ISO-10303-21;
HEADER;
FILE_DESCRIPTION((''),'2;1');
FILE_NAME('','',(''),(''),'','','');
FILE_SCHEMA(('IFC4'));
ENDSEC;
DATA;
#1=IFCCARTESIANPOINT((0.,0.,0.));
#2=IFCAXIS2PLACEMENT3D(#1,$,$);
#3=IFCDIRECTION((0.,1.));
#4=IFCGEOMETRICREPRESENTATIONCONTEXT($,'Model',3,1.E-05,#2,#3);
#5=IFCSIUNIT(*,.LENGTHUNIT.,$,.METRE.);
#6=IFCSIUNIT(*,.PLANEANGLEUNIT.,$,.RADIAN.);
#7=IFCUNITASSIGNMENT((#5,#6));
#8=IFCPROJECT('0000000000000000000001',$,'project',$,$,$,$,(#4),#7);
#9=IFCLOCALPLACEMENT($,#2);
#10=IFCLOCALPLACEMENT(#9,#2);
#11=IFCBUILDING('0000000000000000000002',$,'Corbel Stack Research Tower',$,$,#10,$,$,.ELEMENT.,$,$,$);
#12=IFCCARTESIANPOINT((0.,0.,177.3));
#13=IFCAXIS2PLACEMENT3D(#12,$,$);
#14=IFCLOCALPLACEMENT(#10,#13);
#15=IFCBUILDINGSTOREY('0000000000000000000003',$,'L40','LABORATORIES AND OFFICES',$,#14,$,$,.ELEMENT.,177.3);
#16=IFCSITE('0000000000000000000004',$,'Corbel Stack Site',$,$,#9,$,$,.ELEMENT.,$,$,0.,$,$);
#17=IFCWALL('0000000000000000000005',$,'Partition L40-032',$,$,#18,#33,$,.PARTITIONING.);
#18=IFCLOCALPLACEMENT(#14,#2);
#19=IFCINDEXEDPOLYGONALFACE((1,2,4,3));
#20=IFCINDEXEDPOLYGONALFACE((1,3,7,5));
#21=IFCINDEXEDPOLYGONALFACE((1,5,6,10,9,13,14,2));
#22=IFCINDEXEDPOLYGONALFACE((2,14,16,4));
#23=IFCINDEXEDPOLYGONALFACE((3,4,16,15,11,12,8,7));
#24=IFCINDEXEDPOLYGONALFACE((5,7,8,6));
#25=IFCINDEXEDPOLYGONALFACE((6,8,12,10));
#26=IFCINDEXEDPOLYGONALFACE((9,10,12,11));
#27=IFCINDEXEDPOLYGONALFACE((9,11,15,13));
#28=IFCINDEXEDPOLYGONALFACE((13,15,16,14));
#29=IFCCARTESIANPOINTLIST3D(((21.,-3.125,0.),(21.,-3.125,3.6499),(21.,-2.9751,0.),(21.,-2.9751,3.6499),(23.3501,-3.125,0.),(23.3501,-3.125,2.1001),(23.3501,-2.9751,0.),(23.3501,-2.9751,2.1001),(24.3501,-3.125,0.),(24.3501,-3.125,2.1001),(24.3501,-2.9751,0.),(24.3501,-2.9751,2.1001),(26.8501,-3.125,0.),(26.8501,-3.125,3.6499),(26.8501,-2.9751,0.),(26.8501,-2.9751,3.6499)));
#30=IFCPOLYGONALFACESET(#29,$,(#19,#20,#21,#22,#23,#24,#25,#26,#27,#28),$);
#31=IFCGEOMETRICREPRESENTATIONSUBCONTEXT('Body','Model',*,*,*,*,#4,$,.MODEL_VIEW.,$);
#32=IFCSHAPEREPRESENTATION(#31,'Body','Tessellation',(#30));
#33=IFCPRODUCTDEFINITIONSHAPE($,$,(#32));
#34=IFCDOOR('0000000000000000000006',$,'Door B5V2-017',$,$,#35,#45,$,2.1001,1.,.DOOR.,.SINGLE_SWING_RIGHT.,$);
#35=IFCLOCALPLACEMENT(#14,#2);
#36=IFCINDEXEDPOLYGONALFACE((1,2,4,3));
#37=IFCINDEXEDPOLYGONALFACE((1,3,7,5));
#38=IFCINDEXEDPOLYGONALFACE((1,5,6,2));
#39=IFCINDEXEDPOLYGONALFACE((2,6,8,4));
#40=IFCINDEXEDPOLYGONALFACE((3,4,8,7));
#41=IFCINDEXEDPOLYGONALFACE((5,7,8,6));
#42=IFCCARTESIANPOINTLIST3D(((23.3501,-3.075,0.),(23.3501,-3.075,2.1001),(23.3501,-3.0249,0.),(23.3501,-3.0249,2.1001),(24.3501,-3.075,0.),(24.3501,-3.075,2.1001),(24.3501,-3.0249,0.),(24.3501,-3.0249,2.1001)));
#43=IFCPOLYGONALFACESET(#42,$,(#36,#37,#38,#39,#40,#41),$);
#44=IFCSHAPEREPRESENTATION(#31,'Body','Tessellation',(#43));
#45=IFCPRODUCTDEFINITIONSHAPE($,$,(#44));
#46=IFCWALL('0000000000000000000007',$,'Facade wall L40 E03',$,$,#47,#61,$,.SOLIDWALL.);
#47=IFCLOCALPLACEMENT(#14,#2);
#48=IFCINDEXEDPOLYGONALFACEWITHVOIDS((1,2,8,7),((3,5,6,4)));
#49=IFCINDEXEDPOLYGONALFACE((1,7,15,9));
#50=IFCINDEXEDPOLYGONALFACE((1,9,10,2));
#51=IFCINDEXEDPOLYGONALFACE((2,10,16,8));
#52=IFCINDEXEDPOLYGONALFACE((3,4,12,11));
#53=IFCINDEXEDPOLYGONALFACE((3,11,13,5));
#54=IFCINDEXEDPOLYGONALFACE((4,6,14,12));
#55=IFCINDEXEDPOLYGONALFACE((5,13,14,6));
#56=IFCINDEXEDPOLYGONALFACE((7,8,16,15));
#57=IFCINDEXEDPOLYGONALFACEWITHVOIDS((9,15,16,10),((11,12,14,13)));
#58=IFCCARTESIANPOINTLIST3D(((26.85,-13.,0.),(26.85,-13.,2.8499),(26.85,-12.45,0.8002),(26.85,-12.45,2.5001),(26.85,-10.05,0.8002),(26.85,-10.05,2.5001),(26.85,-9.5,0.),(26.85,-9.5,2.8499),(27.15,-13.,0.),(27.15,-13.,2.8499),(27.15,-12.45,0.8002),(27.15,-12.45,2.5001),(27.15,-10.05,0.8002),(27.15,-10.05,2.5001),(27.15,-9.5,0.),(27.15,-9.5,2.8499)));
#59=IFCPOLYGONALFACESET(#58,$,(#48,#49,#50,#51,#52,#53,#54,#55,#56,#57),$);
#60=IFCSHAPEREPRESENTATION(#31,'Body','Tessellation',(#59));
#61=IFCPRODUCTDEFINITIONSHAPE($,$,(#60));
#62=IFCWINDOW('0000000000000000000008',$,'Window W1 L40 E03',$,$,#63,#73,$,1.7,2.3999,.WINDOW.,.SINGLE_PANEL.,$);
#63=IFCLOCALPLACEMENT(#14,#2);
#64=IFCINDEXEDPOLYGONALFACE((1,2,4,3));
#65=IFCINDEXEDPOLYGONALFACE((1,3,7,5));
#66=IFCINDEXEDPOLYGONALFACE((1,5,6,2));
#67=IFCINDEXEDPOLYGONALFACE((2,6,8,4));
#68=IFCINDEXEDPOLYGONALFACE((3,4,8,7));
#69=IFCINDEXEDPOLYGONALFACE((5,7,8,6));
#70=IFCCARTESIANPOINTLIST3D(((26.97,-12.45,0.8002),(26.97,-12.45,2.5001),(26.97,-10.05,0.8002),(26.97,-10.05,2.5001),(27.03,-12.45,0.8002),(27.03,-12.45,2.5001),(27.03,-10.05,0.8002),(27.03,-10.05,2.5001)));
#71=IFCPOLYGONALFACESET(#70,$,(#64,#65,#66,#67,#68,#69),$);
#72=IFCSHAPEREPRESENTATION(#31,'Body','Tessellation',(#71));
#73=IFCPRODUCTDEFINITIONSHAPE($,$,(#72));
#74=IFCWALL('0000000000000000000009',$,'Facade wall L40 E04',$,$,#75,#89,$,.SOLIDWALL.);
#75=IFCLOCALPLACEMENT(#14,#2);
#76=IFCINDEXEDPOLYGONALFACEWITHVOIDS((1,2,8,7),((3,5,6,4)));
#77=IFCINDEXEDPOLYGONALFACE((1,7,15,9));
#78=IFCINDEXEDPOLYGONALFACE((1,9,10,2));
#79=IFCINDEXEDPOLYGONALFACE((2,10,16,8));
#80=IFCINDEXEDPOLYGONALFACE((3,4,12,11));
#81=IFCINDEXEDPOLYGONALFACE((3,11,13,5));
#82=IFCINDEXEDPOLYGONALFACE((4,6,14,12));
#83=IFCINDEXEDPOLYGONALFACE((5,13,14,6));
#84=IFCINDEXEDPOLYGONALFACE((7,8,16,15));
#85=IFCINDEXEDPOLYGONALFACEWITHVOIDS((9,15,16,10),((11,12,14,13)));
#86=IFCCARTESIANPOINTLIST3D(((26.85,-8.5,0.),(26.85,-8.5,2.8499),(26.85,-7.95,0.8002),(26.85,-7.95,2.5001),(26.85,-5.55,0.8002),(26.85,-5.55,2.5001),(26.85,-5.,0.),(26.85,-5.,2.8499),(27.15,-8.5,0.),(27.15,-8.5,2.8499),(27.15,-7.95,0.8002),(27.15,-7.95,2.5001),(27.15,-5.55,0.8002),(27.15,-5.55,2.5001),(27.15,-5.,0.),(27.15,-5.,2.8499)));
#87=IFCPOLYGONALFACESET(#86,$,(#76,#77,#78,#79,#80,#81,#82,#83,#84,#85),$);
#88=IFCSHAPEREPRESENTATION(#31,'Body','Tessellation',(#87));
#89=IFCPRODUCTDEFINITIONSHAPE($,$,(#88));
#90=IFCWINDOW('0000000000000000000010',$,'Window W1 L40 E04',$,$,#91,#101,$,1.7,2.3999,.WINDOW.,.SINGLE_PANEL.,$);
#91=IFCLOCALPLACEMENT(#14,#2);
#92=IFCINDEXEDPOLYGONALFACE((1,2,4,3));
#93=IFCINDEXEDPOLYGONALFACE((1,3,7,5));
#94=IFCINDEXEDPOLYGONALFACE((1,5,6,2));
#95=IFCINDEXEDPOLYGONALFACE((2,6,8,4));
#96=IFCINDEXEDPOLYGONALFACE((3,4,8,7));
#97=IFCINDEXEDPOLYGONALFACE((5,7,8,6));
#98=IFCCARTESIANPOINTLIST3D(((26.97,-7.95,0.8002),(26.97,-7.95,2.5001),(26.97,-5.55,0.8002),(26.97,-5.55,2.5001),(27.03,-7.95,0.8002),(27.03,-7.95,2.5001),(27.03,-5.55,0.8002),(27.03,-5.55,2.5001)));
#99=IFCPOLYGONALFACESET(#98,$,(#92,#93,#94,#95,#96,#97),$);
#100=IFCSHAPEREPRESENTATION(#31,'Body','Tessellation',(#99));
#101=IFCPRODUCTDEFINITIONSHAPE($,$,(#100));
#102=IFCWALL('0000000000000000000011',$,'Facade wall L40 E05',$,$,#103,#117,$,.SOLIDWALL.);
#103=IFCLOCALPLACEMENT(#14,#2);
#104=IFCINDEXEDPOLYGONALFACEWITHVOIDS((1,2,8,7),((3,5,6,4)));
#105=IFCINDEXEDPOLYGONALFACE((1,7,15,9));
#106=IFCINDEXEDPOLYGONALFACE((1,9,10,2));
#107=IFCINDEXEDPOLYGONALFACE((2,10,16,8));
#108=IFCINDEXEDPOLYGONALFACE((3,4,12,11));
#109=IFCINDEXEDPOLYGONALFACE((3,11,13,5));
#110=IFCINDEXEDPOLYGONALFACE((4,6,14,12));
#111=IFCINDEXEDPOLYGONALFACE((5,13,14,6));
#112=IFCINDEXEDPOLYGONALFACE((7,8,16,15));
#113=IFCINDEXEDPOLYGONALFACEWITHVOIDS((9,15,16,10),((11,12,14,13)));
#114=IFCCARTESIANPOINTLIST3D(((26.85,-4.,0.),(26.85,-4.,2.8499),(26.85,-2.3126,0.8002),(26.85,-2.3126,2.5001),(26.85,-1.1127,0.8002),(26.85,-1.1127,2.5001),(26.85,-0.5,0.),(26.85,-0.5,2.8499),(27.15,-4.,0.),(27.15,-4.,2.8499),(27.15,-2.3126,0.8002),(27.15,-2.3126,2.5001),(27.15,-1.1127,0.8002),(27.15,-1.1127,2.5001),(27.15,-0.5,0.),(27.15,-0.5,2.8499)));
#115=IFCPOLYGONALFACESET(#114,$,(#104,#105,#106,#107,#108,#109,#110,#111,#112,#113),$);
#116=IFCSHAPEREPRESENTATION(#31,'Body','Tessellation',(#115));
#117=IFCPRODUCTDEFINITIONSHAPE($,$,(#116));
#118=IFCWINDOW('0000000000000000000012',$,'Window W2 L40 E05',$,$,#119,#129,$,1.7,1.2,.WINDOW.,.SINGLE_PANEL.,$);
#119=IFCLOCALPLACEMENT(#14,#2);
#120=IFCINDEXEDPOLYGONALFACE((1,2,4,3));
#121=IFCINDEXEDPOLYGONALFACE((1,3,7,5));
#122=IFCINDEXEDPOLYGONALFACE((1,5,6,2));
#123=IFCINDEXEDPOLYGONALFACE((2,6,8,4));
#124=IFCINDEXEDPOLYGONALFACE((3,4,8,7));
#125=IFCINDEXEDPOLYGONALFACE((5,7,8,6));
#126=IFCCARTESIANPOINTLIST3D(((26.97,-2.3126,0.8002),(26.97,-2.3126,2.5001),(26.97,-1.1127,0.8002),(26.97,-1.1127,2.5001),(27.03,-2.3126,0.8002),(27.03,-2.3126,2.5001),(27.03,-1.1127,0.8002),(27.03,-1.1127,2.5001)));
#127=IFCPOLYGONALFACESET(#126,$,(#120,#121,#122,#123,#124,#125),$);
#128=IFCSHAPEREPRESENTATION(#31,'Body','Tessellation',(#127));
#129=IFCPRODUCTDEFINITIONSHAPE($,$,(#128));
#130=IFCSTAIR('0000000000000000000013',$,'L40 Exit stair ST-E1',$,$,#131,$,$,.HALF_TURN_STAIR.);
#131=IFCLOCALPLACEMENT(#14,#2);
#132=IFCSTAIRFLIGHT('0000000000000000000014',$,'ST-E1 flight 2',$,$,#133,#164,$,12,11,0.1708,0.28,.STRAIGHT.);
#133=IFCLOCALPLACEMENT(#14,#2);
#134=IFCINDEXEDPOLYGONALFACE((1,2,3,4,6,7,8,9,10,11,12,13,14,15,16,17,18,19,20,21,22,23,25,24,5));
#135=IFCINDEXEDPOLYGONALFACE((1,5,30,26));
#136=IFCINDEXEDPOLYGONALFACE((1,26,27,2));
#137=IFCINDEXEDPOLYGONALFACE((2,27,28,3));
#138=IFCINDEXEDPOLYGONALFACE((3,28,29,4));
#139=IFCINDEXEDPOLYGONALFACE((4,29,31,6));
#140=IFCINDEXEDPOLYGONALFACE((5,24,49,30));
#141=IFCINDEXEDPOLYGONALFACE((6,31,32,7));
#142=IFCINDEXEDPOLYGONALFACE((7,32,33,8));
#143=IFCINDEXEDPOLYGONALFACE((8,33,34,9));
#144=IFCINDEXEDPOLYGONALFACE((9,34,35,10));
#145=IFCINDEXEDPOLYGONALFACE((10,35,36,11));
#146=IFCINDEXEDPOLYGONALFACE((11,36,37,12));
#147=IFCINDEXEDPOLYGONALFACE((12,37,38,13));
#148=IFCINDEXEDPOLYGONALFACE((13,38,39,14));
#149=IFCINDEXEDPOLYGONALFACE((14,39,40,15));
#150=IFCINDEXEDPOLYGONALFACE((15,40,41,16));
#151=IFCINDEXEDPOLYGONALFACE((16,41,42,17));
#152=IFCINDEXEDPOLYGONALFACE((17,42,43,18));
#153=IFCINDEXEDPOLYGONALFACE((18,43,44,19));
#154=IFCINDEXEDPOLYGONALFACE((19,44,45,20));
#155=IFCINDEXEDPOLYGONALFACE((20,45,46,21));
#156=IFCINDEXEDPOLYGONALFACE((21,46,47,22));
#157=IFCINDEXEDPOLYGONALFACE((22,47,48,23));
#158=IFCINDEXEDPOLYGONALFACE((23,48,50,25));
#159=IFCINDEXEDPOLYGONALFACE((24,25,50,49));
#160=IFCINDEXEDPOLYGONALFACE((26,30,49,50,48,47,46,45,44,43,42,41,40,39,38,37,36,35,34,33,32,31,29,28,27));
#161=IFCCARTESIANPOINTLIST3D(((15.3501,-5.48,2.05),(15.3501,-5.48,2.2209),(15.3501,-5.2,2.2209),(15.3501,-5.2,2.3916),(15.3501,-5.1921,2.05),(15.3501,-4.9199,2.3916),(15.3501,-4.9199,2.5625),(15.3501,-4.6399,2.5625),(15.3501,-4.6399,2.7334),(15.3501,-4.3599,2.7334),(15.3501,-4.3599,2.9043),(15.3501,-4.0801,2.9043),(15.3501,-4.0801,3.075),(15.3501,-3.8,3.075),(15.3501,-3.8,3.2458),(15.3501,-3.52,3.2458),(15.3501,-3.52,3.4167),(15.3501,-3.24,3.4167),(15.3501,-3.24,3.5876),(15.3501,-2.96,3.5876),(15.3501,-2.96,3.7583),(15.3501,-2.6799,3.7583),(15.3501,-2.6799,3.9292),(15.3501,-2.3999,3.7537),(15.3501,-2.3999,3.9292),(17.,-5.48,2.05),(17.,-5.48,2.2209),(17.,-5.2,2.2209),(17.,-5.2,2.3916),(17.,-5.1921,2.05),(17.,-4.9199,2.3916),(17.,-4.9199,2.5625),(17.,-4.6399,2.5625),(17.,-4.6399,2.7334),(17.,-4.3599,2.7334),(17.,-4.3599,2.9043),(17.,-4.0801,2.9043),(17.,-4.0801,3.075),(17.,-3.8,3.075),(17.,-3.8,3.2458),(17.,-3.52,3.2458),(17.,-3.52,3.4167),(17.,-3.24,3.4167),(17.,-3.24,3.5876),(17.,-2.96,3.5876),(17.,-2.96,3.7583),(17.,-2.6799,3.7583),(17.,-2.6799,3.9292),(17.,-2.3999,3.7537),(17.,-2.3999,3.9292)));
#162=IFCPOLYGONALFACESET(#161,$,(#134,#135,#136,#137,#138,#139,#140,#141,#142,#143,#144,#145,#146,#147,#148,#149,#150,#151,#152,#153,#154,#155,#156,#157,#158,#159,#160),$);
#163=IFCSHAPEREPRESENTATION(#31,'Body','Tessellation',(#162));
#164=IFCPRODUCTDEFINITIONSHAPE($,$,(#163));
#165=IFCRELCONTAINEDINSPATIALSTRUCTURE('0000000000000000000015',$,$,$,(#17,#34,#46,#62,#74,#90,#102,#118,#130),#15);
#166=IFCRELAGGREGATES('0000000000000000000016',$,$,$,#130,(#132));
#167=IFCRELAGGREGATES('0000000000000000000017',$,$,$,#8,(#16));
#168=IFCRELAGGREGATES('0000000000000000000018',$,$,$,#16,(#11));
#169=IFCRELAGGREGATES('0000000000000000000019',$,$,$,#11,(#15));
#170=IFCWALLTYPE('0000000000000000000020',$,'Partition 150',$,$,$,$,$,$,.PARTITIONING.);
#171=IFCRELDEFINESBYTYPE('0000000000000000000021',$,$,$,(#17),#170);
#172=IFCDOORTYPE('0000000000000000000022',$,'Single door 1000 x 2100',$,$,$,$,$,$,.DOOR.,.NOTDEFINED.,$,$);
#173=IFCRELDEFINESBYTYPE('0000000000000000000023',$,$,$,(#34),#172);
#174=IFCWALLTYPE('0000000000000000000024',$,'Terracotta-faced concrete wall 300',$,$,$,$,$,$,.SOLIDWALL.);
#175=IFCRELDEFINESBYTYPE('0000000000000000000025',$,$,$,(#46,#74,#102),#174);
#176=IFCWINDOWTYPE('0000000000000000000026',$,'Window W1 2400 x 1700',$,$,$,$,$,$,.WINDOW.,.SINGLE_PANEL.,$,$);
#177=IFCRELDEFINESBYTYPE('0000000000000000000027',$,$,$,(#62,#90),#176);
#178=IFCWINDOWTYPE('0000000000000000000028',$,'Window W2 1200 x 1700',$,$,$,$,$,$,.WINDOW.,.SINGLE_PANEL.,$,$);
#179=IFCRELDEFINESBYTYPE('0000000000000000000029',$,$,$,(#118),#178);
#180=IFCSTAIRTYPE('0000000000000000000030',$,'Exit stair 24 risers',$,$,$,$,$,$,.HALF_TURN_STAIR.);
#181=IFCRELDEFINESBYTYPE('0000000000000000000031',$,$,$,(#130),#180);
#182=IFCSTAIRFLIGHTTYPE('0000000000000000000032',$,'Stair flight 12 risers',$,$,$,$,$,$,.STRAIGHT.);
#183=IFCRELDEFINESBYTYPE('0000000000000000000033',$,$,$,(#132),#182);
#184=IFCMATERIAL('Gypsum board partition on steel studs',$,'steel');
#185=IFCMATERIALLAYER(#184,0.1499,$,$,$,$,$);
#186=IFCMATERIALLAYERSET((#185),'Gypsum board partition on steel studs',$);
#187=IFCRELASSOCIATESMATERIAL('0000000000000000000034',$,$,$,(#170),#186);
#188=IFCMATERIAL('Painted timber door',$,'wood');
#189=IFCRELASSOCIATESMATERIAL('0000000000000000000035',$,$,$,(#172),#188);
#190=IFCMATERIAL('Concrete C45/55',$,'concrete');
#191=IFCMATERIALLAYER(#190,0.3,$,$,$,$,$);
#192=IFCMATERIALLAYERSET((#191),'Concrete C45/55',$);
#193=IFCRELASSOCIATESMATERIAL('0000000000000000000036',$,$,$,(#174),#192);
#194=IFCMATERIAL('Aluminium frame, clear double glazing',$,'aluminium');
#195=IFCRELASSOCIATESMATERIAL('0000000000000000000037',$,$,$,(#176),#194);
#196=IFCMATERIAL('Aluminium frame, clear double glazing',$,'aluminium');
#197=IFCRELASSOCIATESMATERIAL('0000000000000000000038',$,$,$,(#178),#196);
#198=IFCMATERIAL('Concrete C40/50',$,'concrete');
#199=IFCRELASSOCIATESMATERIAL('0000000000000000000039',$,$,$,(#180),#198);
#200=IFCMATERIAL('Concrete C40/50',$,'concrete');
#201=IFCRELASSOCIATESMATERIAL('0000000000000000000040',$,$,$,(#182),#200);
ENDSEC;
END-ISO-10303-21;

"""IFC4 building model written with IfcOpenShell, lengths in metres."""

from ifc_helpers import new_model, si_unit, direction, frame, frame_2d, origin, place, context, subcontext, project, spatial, polyline, rectangle, outline, extrude, material, layer, layer_set, type_object, element, fill, aggregate, save


model = new_model("IFC4")

# Units and contexts
model_context = context("Model", 3, precision=1e-05, world=origin(), true_north=direction((0.0, 1.0)))
body_context = subcontext(model_context, "Body", "Model", "MODEL_VIEW")
ifc_project = project(units=[si_unit("LENGTHUNIT", "METRE"), si_unit("PLANEANGLEUNIT", "RADIAN")], contexts=[model_context])

# Site, building, storey
site_placement = place(None, origin())
site = spatial("IfcSite", under=ifc_project, at=site_placement, Name="Corbel Stack Site", CompositionType="ELEMENT", RefElevation=0.0)
building_placement = place(site_placement, origin())
building = spatial("IfcBuilding", under=site, at=building_placement, Name="Corbel Stack Research Tower", CompositionType="ELEMENT")
storey_placement = place(building_placement, frame((0.0, 0.0, 177.3)))
storey = spatial("IfcBuildingStorey", under=building, at=storey_placement, Name="L40", Description="LABORATORIES AND OFFICES", CompositionType="ELEMENT", Elevation=177.3)

# Shared definitions
ifc_material_1 = material(Name="Gypsum board partition on steel studs", Category="steel")
ifc_layer_1 = layer(ifc_material_1, 0.1499)
ifc_layer_set_1 = layer_set([ifc_layer_1], Name="Gypsum board partition on steel studs")
wall_type_1 = type_object("IfcWallType", Name="Partition 150", PredefinedType="PARTITIONING", material=ifc_layer_set_1)

# Wall, opening, door
ifc_material_2 = material(Name="Painted timber door", Category="wood")
door_type_1 = type_object("IfcDoorType", Name="Single door 1000 x 2100", OperationType="NOTDEFINED", PredefinedType="DOOR", material=ifc_material_2)
wall_1_placement = place(storey_placement, frame((26.8501, -3.05, 0.0), z_axis=(0.0, 0.0, 1.0), x_axis=(-1.0, 0.0, 0.0)))
wall_1 = element("IfcWall", 1, at=wall_1_placement, inside=storey, type_object=wall_type_1, Name="Partition L40-032", PredefinedType="PARTITIONING", context=body_context, shape_type="SweptSolid", body=[
    extrude(rectangle(XDim=5.8501, YDim=0.1499, at=frame_2d((2.925, 0.0))), origin(), (0.0, 0.0, 1.0), 3.6499),
])
opening_1_placement = place(wall_1_placement, frame((2.5, 0.0, 0.0)))
opening_1 = element("IfcOpeningElement", 2, at=opening_1_placement, cuts=wall_1, PredefinedType="OPENING", context=body_context, shape_type="SweptSolid", body=[
    extrude(rectangle(XDim=1.0, YDim=2.1001, at=frame_2d((0.5, 1.05))), frame((0.0, 0.085, 0.0), z_axis=(0.0, -1.0, 0.0), x_axis=(1.0, 0.0, 0.0)), (0.0, 0.0, 1.0), 0.1699),
])
door_1_placement = place(opening_1_placement, origin())
door_1 = element("IfcDoor", 3, at=door_1_placement, inside=storey, type_object=door_type_1, Name="Door B5V2-017", OperationType="SINGLE_SWING_RIGHT", OverallHeight=2.1001, OverallWidth=1.0, PredefinedType="DOOR", context=body_context, shape_type="SweptSolid", body=[
    extrude(rectangle(XDim=1.0, YDim=2.1001, at=frame_2d((0.5, 1.05))), frame((0.0, 0.0249, 0.0), z_axis=(0.0, -1.0, 0.0), x_axis=(1.0, 0.0, 0.0)), (0.0, 0.0, 1.0), 0.05),
])
fill(opening_1, door_1)

# Walls, openings, windows
ifc_material_3 = material(Name="Concrete C45/55", Category="concrete")
ifc_layer_2 = layer(ifc_material_3, 0.3)
ifc_layer_set_2 = layer_set([ifc_layer_2], Name="Concrete C45/55")
wall_type_2 = type_object("IfcWallType", Name="Terracotta-faced concrete wall 300", PredefinedType="SOLIDWALL", material=ifc_layer_set_2)
wall_2_placement = place(storey_placement, frame((27.0, -9.5, 0.0), z_axis=(0.0, 0.0, 1.0), x_axis=(0.0, -1.0, 0.0)))
wall_2 = element("IfcWall", 4, at=wall_2_placement, inside=storey, type_object=wall_type_2, Name="Facade wall L40 E03", PredefinedType="SOLIDWALL", context=body_context, shape_type="SweptSolid", body=[
    extrude(rectangle(XDim=3.5, YDim=0.3, at=frame_2d((1.75, 0.0))), origin(), (0.0, 0.0, 1.0), 2.8499),
])
opening_2_placement = place(wall_2_placement, frame((0.55, 0.0, 0.8)))
opening_2 = element("IfcOpeningElement", 5, at=opening_2_placement, cuts=wall_2, PredefinedType="OPENING", context=body_context, shape_type="SweptSolid", body=[
    extrude(rectangle(XDim=2.3999, YDim=1.7, at=frame_2d((1.2, 0.8501))), frame((0.0, 0.1599, 0.0), z_axis=(0.0, -1.0, 0.0), x_axis=(1.0, 0.0, 0.0)), (0.0, 0.0, 1.0), 0.3201),
])
ifc_material_4 = material(Name="Aluminium frame, clear double glazing", Category="aluminium")
window_type_1 = type_object("IfcWindowType", Name="Window W1 2400 x 1700", PartitioningType="SINGLE_PANEL", PredefinedType="WINDOW", material=ifc_material_4)
window_1_placement = place(opening_2_placement, origin())
window_1 = element("IfcWindow", 6, at=window_1_placement, inside=storey, type_object=window_type_1, Name="Window W1 L40 E03", OverallHeight=1.7, OverallWidth=2.3999, PartitioningType="SINGLE_PANEL", PredefinedType="WINDOW", context=body_context, shape_type="SweptSolid", body=[
    extrude(rectangle(XDim=2.3999, YDim=1.7, at=frame_2d((1.2, 0.8501))), frame((0.0, 0.03, 0.0), z_axis=(0.0, -1.0, 0.0), x_axis=(1.0, 0.0, 0.0)), (0.0, 0.0, 1.0), 0.0601),
])
fill(opening_2, window_1)
wall_3_placement = place(storey_placement, frame((27.0, -5.0, 0.0), z_axis=(0.0, 0.0, 1.0), x_axis=(0.0, -1.0, 0.0)))
wall_3 = element("IfcWall", 7, at=wall_3_placement, inside=storey, type_object=wall_type_2, Name="Facade wall L40 E04", PredefinedType="SOLIDWALL", context=body_context, shape_type="SweptSolid", body=[
    extrude(rectangle(XDim=3.5, YDim=0.3, at=frame_2d((1.75, 0.0))), origin(), (0.0, 0.0, 1.0), 2.8499),
])
opening_3_placement = place(wall_3_placement, frame((0.55, 0.0, 0.8)))
opening_3 = element("IfcOpeningElement", 8, at=opening_3_placement, cuts=wall_3, PredefinedType="OPENING", context=body_context, shape_type="SweptSolid", body=[
    extrude(rectangle(XDim=2.3999, YDim=1.7, at=frame_2d((1.2, 0.8501))), frame((0.0, 0.1599, 0.0), z_axis=(0.0, -1.0, 0.0), x_axis=(1.0, 0.0, 0.0)), (0.0, 0.0, 1.0), 0.3201),
])
window_2_placement = place(opening_3_placement, origin())
window_2 = element("IfcWindow", 9, at=window_2_placement, inside=storey, type_object=window_type_1, Name="Window W1 L40 E04", OverallHeight=1.7, OverallWidth=2.3999, PartitioningType="SINGLE_PANEL", PredefinedType="WINDOW", context=body_context, shape_type="SweptSolid", body=[
    extrude(rectangle(XDim=2.3999, YDim=1.7, at=frame_2d((1.2, 0.8501))), frame((0.0, 0.03, 0.0), z_axis=(0.0, -1.0, 0.0), x_axis=(1.0, 0.0, 0.0)), (0.0, 0.0, 1.0), 0.0601),
])
fill(opening_3, window_2)
wall_4_placement = place(storey_placement, frame((27.0, -0.5, 0.0), z_axis=(0.0, 0.0, 1.0), x_axis=(0.0, -1.0, 0.0)))
wall_4 = element("IfcWall", 10, at=wall_4_placement, inside=storey, type_object=wall_type_2, Name="Facade wall L40 E05", PredefinedType="SOLIDWALL", context=body_context, shape_type="SweptSolid", body=[
    extrude(rectangle(XDim=3.5, YDim=0.3, at=frame_2d((1.75, 0.0))), origin(), (0.0, 0.0, 1.0), 2.8499),
])
opening_4_placement = place(wall_4_placement, frame((0.6125, 0.0, 0.8)))
opening_4 = element("IfcOpeningElement", 11, at=opening_4_placement, cuts=wall_4, PredefinedType="OPENING", context=body_context, shape_type="SweptSolid", body=[
    extrude(rectangle(XDim=1.2, YDim=1.7, at=frame_2d((0.6001, 0.8501))), frame((0.0, 0.1599, 0.0), z_axis=(0.0, -1.0, 0.0), x_axis=(1.0, 0.0, 0.0)), (0.0, 0.0, 1.0), 0.3201),
])
ifc_material_5 = material(Name="Aluminium frame, clear double glazing", Category="aluminium")
window_type_2 = type_object("IfcWindowType", Name="Window W2 1200 x 1700", PartitioningType="SINGLE_PANEL", PredefinedType="WINDOW", material=ifc_material_5)
window_3_placement = place(opening_4_placement, origin())
window_3 = element("IfcWindow", 12, at=window_3_placement, inside=storey, type_object=window_type_2, Name="Window W2 L40 E05", OverallHeight=1.7, OverallWidth=1.2, PartitioningType="SINGLE_PANEL", PredefinedType="WINDOW", context=body_context, shape_type="SweptSolid", body=[
    extrude(rectangle(XDim=1.2, YDim=1.7, at=frame_2d((0.6001, 0.8501))), frame((0.0, 0.03, 0.0), z_axis=(0.0, -1.0, 0.0), x_axis=(1.0, 0.0, 0.0)), (0.0, 0.0, 1.0), 0.0601),
])
fill(opening_4, window_3)

# Stair, stair flight
ifc_material_6 = material(Name="Concrete C40/50", Category="concrete")
stair_type = type_object("IfcStairType", Name="Exit stair 24 risers", PredefinedType="HALF_TURN_STAIR", material=ifc_material_6)
stair_placement = place(storey_placement, origin())
stair = element("IfcStair", 13, at=stair_placement, inside=storey, type_object=stair_type, Name="L40 Exit stair ST-E1", PredefinedType="HALF_TURN_STAIR")
ifc_material_7 = material(Name="Concrete C40/50", Category="concrete")
stair_flight_type = type_object("IfcStairFlightType", Name="Stair flight 12 risers", PredefinedType="STRAIGHT", material=ifc_material_7)
stair_flight_placement = place(storey_placement, frame((16.175, -5.48, 2.05), z_axis=(0.0, 0.0, 1.0), x_axis=(0.0, 1.0, 0.0)))
stair_flight = element("IfcStairFlight", 14, at=stair_flight_placement, type_object=stair_flight_type, Name="ST-E1 flight 2", NumberOfRisers=12, NumberOfTreads=11, PredefinedType="STRAIGHT", RiserHeight=0.1708, TreadLength=0.28, context=body_context, shape_type="SweptSolid", body=[
    extrude(outline(polyline([(0.0, 0.0), (0.0, 0.1709), (0.28, 0.1709), (0.28, 0.3416), (0.5601, 0.3416), (0.5601, 0.5125), (0.8401, 0.5125), (0.8401, 0.6833), (1.1201, 0.6833), (1.1201, 0.8542), (1.3999, 0.8542), (1.3999, 1.0249), (1.6799, 1.0249), (1.6799, 1.1958), (1.96, 1.1958), (1.96, 1.3667), (2.24, 1.3667), (2.24, 1.5376), (2.52, 1.5376), (2.52, 1.7083), (2.8, 1.7083), (2.8, 1.8792), (3.0801, 1.8792), (3.0801, 2.05), (3.0801, 1.7036), (0.2878, 0.0), (0.0, 0.0)])), frame((0.0, 0.825, 0.0), z_axis=(0.0, -1.0, 0.0), x_axis=(1.0, 0.0, 0.0)), (0.0, 0.0, 1.0), 1.6499),
])
aggregate(stair, [stair_flight])

save(model, "model.ifc")
